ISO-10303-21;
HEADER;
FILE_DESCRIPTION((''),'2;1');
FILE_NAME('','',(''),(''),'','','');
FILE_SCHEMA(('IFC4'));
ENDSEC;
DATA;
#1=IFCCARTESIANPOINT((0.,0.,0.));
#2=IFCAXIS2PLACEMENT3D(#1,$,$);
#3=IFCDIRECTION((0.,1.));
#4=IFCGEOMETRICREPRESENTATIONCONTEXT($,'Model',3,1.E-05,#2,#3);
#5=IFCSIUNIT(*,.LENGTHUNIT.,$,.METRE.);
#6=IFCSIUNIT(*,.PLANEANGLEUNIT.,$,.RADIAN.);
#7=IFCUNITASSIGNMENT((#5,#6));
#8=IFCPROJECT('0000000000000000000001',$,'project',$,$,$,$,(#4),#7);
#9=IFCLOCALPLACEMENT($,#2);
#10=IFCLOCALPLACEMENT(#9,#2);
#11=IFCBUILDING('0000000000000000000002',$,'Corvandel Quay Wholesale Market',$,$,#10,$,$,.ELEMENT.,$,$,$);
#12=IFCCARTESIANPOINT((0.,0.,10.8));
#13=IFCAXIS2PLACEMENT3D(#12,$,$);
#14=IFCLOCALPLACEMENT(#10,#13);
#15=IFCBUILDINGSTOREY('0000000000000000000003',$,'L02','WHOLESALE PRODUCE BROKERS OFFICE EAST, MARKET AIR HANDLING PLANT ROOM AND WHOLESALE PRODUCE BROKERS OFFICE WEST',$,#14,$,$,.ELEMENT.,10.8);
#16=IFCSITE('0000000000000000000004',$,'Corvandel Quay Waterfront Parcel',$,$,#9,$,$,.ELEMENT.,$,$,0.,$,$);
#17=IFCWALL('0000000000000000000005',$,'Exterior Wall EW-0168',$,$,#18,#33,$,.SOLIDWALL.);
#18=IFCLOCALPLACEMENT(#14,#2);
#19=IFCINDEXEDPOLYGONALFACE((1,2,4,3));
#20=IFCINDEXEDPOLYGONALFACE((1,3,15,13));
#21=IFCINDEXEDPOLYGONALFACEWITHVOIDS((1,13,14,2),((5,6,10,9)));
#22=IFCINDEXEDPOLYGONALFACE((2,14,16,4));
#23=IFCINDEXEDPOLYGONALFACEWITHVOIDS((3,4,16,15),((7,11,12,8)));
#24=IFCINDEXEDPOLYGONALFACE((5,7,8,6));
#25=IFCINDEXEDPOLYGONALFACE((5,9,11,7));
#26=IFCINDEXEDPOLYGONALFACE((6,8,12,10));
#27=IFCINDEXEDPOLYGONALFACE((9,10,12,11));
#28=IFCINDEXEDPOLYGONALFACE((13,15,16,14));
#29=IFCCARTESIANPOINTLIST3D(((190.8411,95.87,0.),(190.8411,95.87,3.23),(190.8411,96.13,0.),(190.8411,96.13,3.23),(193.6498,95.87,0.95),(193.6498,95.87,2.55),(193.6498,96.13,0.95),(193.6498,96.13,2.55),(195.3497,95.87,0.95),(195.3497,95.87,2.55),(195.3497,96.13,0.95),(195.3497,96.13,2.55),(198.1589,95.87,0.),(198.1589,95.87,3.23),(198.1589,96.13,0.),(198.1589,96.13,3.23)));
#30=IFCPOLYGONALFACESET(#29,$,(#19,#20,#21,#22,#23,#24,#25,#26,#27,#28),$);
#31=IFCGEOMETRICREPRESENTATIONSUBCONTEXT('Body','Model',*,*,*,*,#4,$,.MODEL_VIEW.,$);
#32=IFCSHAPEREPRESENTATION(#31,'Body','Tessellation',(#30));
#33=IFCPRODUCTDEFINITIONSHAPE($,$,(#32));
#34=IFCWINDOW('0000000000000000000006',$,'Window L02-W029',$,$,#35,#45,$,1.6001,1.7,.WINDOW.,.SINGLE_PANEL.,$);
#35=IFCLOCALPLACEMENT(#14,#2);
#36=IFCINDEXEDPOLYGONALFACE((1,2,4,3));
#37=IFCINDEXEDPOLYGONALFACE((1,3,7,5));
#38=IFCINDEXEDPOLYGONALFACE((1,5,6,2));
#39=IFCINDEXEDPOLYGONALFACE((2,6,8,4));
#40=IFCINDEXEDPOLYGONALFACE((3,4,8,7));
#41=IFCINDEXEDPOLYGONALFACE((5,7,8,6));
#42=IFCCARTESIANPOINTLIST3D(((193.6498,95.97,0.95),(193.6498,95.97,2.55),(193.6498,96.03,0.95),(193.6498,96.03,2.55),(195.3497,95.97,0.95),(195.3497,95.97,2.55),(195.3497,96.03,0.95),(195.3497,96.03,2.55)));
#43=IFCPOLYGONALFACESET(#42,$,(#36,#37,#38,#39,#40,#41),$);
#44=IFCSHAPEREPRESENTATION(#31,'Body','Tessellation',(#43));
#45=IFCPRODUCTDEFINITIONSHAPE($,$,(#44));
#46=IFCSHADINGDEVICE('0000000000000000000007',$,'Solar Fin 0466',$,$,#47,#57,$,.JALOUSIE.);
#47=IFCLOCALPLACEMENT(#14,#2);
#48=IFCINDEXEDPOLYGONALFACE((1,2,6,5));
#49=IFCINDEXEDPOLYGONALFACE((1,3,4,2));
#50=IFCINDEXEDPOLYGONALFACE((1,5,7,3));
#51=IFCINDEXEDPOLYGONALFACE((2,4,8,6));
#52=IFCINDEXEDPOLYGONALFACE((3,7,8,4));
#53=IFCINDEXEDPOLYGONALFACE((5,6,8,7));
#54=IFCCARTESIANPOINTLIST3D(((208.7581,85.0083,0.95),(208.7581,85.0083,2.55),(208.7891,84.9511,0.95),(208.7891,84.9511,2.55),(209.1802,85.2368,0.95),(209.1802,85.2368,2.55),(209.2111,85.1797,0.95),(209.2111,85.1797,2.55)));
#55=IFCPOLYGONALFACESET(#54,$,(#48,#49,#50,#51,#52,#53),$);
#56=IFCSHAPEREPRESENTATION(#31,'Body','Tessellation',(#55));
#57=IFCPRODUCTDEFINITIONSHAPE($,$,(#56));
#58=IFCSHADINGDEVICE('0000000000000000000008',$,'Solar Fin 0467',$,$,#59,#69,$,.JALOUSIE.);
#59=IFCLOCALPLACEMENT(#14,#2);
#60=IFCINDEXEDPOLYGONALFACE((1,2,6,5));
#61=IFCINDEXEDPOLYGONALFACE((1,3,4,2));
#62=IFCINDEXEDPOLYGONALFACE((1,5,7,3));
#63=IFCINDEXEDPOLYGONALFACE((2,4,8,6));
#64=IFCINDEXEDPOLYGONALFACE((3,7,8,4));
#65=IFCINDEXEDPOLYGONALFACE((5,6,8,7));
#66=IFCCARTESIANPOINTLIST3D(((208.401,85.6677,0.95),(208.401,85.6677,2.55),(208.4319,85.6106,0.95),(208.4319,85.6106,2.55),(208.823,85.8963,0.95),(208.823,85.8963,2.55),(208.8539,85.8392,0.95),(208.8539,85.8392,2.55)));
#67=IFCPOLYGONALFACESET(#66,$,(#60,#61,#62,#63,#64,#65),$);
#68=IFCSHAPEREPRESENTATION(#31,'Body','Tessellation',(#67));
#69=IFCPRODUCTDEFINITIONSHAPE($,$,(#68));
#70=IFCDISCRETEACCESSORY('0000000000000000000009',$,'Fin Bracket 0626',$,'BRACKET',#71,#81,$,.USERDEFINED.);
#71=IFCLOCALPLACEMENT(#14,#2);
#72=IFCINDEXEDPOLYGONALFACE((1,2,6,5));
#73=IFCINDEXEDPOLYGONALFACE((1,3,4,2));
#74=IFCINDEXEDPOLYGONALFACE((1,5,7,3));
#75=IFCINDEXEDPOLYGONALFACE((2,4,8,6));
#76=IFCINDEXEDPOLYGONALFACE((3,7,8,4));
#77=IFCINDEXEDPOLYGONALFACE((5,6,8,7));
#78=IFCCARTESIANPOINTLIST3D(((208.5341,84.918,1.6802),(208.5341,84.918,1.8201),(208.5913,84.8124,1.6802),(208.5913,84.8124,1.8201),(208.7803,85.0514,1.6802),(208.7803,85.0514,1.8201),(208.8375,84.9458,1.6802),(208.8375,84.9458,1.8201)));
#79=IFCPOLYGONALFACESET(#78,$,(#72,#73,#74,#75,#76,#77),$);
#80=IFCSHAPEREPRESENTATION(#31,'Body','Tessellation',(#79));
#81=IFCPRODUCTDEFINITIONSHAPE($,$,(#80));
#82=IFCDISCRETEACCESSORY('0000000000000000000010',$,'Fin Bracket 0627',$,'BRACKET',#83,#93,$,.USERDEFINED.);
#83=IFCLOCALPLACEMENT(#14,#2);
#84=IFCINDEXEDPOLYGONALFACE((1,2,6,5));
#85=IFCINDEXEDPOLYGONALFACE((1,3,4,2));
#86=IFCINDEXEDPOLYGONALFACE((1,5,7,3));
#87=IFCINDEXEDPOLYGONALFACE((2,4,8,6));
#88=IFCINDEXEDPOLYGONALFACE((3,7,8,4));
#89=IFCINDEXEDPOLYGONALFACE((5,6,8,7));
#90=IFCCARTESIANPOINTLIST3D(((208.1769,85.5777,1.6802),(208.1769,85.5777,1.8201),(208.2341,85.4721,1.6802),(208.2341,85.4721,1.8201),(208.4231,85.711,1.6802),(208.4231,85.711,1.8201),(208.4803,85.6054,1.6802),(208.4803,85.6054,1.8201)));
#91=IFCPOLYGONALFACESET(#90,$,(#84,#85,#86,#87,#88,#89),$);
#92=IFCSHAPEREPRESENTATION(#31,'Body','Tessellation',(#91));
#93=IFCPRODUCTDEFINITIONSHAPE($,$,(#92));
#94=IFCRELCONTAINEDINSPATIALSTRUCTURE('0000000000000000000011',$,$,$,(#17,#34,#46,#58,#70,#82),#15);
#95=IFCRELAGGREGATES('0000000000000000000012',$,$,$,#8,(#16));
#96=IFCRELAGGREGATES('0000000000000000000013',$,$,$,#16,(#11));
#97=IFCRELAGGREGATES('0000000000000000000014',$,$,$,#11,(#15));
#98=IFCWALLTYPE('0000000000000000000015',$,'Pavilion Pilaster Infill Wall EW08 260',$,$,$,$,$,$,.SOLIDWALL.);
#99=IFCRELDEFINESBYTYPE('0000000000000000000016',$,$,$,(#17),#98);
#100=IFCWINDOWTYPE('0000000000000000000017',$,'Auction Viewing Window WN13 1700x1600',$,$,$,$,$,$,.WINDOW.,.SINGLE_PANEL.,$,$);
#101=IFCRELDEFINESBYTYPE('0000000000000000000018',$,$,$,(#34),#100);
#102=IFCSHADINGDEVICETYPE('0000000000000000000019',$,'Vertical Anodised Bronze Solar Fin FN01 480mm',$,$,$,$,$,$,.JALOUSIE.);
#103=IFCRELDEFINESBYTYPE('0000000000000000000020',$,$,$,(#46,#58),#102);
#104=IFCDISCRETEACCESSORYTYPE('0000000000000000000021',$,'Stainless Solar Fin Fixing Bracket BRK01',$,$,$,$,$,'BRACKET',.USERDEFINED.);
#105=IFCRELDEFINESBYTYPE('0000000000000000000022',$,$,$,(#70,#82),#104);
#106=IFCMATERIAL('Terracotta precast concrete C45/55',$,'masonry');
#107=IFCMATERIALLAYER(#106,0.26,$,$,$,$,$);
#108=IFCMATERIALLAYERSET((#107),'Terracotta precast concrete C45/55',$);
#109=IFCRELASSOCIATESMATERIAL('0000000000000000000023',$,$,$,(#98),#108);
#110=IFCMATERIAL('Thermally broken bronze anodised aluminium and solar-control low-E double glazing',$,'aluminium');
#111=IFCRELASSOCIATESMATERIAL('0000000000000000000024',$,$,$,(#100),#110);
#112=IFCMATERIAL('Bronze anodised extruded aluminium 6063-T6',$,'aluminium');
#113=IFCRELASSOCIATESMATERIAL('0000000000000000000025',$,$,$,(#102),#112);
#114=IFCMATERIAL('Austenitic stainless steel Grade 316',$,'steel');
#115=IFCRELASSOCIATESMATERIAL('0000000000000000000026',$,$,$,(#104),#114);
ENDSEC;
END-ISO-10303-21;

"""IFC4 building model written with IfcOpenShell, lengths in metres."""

from ifc_helpers import new_model, si_unit, direction, frame, frame_2d, origin, origin_2d, place, context, subcontext, project, spatial, rectangle, extrude, material, layer, layer_set, type_object, element, fill, save


model = new_model("IFC4")

# Units and contexts
model_context = context("Model", 3, precision=1e-05, world=origin(), true_north=direction((0.0, 1.0)))
body_context = subcontext(model_context, "Body", "Model", "MODEL_VIEW")
ifc_project = project(units=[si_unit("LENGTHUNIT", "METRE"), si_unit("PLANEANGLEUNIT", "RADIAN")], contexts=[model_context])

# Site, building, storey
site_placement = place(None, origin())
site = spatial("IfcSite", under=ifc_project, at=site_placement, Name="Corvandel Quay Waterfront Parcel", CompositionType="ELEMENT", RefElevation=0.0)
building_placement = place(site_placement, origin())
building = spatial("IfcBuilding", under=site, at=building_placement, Name="Corvandel Quay Wholesale Market", CompositionType="ELEMENT")
storey_placement = place(building_placement, frame((0.0, 0.0, 10.8)))
storey = spatial("IfcBuildingStorey", under=building, at=storey_placement, Name="L02", Description="WHOLESALE PRODUCE BROKERS OFFICE EAST, MARKET AIR HANDLING PLANT ROOM AND WHOLESALE PRODUCE BROKERS OFFICE WEST", CompositionType="ELEMENT", Elevation=10.8)

# Wall, opening, window
ifc_material_1 = material(Name="Terracotta precast concrete C45/55", Category="masonry")
ifc_layer_1 = layer(ifc_material_1, 0.26)
ifc_layer_set_1 = layer_set([ifc_layer_1], Name="Terracotta precast concrete C45/55")
wall_type_1 = type_object("IfcWallType", Name="Pavilion Pilaster Infill Wall EW08 260", PredefinedType="SOLIDWALL", material=ifc_layer_set_1)
ifc_material_2 = material(Name="Thermally broken bronze anodised aluminium and solar-control low-E double glazing", Category="aluminium")
window_type = type_object("IfcWindowType", Name="Auction Viewing Window WN13 1700x1600", PartitioningType="SINGLE_PANEL", PredefinedType="WINDOW", material=ifc_material_2)
wall_1_placement = place(storey_placement, frame((198.1589, 96.0, 0.0), z_axis=(0.0, 0.0, 1.0), x_axis=(-1.0, 0.0, 0.0)))
wall_1 = element("IfcWall", 1, at=wall_1_placement, inside=storey, type_object=wall_type_1, Name="Exterior Wall EW-0168", PredefinedType="SOLIDWALL", context=body_context, shape_type="SweptSolid", body=[
    extrude(rectangle(XDim=7.3179, YDim=0.26, at=frame_2d((3.6589, 0.0))), origin(), (0.0, 0.0, 1.0), 3.23),
])
opening_1_placement = place(wall_1_placement, frame((2.8091, 0.0, 0.95)))
opening_1 = element("IfcOpeningElement", 2, at=opening_1_placement, cuts=wall_1, PredefinedType="OPENING", context=body_context, shape_type="SweptSolid", body=[
    extrude(rectangle(XDim=1.7, YDim=1.6001, at=frame_2d((0.8501, 0.8))), frame((0.0, 0.1399, 0.0), z_axis=(0.0, -1.0, 0.0), x_axis=(1.0, 0.0, 0.0)), (0.0, 0.0, 1.0), 0.28),
])
window_1_placement = place(opening_1_placement, origin())
window_1 = element("IfcWindow", 3, at=window_1_placement, inside=storey, type_object=window_type, Name="Window L02-W029", OverallHeight=1.6001, OverallWidth=1.7, PartitioningType="SINGLE_PANEL", PredefinedType="WINDOW", context=body_context, shape_type="SweptSolid", body=[
    extrude(rectangle(XDim=1.7, YDim=1.6001, at=frame_2d((0.8501, 0.8))), frame((0.0, 0.03, 0.0), z_axis=(0.0, -1.0, 0.0), x_axis=(1.0, 0.0, 0.0)), (0.0, 0.0, 1.0), 0.0601),
])
fill(opening_1, window_1)

# Shading devices
ifc_material_3 = material(Name="Bronze anodised extruded aluminium 6063-T6", Category="aluminium")
shading_device_type = type_object("IfcShadingDeviceType", Name="Vertical Anodised Bronze Solar Fin FN01 480mm", PredefinedType="JALOUSIE", material=ifc_material_3)
for number, where, z_axis, x_axis, name in (
    (4, (208.9846, 85.094, 0.95), (0.0, 0.0, 1.0), (0.879316, 0.476238, 0.0), "Solar Fin 0466"),
    (5, (208.6274, 85.7534, 0.95), (0.0, 0.0, 1.0), (0.879316, 0.476238, 0.0), "Solar Fin 0467"),
):
    element("IfcShadingDevice", number, at=place(storey_placement, frame(where, z_axis=z_axis, x_axis=x_axis)), inside=storey, type_object=shading_device_type, Name=name, PredefinedType="JALOUSIE", context=body_context, shape_type="SweptSolid", body=[
        extrude(rectangle(XDim=0.48, YDim=0.0649, at=origin_2d()), origin(), (0.0, 0.0, 1.0), 1.6001),
    ])

# Discrete accessories
ifc_material_4 = material(Name="Austenitic stainless steel Grade 316", Category="steel")
discrete_accessory_type = type_object("IfcDiscreteAccessoryType", Name="Stainless Solar Fin Fixing Bracket BRK01", ElementType="BRACKET", PredefinedType="USERDEFINED", material=ifc_material_4)
for number, where, z_axis, x_axis, name in (
    (6, (208.6858, 84.9319, 1.6802), (0.0, 0.0, 1.0), (0.879316, 0.476238, 0.0), "Fin Bracket 0626"),
    (7, (208.3286, 85.5916, 1.6802), (0.0, 0.0, 1.0), (0.879316, 0.476238, 0.0), "Fin Bracket 0627"),
):
    element("IfcDiscreteAccessory", number, at=place(storey_placement, frame(where, z_axis=z_axis, x_axis=x_axis)), inside=storey, type_object=discrete_accessory_type, Name=name, ObjectType="BRACKET", PredefinedType="USERDEFINED", context=body_context, shape_type="SweptSolid", body=[
        extrude(rectangle(XDim=0.28, YDim=0.1201, at=origin_2d()), origin(), (0.0, 0.0, 1.0), 0.1399),
    ])

save(model, "model.ifc")
